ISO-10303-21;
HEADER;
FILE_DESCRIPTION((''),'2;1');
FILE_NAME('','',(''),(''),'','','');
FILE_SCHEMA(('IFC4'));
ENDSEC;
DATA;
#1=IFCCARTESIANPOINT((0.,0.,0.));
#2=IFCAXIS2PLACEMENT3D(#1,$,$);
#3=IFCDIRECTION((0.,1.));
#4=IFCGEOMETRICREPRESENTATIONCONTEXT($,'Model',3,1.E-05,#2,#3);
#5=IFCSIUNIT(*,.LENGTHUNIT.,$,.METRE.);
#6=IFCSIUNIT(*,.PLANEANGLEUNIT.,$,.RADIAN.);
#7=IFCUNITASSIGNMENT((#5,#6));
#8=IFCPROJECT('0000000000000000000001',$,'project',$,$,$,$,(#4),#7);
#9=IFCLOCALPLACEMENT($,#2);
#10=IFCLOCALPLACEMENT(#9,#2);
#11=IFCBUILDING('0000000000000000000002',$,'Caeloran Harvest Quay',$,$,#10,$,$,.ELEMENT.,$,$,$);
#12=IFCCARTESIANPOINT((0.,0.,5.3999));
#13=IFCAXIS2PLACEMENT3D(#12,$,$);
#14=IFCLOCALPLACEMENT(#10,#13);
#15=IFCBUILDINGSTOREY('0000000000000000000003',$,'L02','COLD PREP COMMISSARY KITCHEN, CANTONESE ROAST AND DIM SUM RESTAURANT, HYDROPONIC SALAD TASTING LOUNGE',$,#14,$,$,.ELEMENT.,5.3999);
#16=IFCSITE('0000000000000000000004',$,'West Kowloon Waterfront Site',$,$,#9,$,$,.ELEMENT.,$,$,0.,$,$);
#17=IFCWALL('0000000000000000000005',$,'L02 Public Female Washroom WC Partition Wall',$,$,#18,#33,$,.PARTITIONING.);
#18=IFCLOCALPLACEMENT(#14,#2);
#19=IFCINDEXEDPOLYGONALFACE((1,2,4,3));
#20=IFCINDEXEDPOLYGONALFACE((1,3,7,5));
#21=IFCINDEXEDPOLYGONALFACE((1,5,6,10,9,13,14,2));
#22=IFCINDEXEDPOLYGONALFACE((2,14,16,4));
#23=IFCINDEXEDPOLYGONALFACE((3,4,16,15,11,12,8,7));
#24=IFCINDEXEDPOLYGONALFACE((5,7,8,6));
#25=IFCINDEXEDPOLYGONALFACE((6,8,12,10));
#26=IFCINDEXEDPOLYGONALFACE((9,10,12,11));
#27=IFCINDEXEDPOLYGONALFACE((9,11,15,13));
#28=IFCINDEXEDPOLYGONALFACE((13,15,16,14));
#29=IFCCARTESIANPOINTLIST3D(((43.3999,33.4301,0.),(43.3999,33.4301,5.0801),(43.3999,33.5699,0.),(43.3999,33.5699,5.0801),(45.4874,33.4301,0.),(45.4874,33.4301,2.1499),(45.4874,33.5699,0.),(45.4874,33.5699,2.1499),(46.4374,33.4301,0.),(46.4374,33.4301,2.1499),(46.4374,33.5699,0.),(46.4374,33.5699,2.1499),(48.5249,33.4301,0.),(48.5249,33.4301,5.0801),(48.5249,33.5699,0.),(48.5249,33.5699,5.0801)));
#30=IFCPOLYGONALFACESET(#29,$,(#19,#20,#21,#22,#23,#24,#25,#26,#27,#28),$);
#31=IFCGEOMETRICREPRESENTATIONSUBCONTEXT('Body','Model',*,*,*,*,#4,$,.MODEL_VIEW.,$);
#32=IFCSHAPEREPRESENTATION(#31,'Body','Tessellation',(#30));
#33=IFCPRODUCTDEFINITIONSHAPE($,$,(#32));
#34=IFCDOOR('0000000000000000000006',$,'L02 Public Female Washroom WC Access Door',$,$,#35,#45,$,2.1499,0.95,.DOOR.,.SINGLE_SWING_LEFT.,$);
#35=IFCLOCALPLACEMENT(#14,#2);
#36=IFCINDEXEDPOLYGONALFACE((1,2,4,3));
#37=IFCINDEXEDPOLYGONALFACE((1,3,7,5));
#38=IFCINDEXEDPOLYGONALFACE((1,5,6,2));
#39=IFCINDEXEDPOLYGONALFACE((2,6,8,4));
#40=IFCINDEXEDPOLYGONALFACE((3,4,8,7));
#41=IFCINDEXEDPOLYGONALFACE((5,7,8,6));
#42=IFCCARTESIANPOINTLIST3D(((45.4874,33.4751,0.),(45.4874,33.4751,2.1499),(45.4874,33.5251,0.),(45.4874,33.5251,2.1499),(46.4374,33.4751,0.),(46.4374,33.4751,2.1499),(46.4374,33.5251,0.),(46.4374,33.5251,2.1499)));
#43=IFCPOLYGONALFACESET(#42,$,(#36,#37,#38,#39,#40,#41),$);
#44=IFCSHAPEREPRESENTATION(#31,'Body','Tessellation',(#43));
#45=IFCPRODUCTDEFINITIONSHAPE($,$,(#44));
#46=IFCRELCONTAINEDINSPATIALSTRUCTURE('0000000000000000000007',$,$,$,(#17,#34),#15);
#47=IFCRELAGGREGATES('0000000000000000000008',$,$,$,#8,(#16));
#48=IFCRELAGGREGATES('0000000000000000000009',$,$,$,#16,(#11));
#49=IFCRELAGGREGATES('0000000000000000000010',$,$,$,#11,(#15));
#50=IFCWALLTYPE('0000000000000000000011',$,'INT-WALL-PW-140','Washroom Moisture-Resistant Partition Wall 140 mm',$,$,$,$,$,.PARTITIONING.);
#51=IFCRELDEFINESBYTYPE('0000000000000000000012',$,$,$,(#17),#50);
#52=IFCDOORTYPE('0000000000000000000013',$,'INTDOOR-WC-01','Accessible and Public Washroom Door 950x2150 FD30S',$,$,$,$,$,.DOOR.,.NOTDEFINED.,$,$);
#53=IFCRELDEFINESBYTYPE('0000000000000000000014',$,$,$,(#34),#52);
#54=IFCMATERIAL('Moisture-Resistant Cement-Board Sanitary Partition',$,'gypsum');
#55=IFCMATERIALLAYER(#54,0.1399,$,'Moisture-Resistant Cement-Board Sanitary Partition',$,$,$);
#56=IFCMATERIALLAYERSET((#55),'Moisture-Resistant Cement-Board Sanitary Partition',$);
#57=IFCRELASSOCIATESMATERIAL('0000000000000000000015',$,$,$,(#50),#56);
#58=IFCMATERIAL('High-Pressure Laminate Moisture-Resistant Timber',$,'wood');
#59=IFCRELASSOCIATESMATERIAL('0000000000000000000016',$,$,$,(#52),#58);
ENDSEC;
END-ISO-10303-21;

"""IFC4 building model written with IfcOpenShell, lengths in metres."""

from ifc_helpers import new_model, si_unit, direction, frame, frame_2d, origin, place, context, subcontext, project, spatial, rectangle, extrude, material, layer, layer_set, type_object, element, fill, save


model = new_model("IFC4")

# Units and contexts
model_context = context("Model", 3, precision=1e-05, world=origin(), true_north=direction((0.0, 1.0)))
body_context = subcontext(model_context, "Body", "Model", "MODEL_VIEW")
ifc_project = project(units=[si_unit("LENGTHUNIT", "METRE"), si_unit("PLANEANGLEUNIT", "RADIAN")], contexts=[model_context])

# Site, building, storey
site_placement = place(None, origin())
site = spatial("IfcSite", under=ifc_project, at=site_placement, Name="West Kowloon Waterfront Site", CompositionType="ELEMENT", RefElevation=0.0)
building_placement = place(site_placement, origin())
building = spatial("IfcBuilding", under=site, at=building_placement, Name="Caeloran Harvest Quay", CompositionType="ELEMENT")
storey_placement = place(building_placement, frame((0.0, 0.0, 5.3999)))
storey = spatial("IfcBuildingStorey", under=building, at=storey_placement, Name="L02", Description="COLD PREP COMMISSARY KITCHEN, CANTONESE ROAST AND DIM SUM RESTAURANT, HYDROPONIC SALAD TASTING LOUNGE", CompositionType="ELEMENT", Elevation=5.3999)

# Shared definitions
ifc_material_1 = material(Name="Moisture-Resistant Cement-Board Sanitary Partition", Category="gypsum")
ifc_layer_1 = layer(ifc_material_1, 0.1399, Name="Moisture-Resistant Cement-Board Sanitary Partition")
ifc_layer_set_1 = layer_set([ifc_layer_1], Name="Moisture-Resistant Cement-Board Sanitary Partition")
wall_type_1 = type_object("IfcWallType", Name="INT-WALL-PW-140", Description="Washroom Moisture-Resistant Partition Wall 140 mm", PredefinedType="PARTITIONING", material=ifc_layer_set_1)

# Wall, opening, door
wall_1_placement = place(storey_placement, frame((48.5249, 33.5, 0.0), z_axis=(0.0, 0.0, 1.0), x_axis=(-1.0, 0.0, 0.0)))
wall_1 = element("IfcWall", 1, at=wall_1_placement, inside=storey, type_object=wall_type_1, Name="L02 Public Female Washroom WC Partition Wall", PredefinedType="PARTITIONING", context=body_context, shape_type="SweptSolid", body=[
    extrude(rectangle(XDim=5.125, YDim=0.1399, at=frame_2d((2.5625, 0.0))), origin(), (0.0, 0.0, 1.0), 5.0801),
])
opening_placement = place(wall_1_placement, frame((2.0874, 0.0, 0.0)))
opening = element("IfcOpeningElement", 2, at=opening_placement, cuts=wall_1, PredefinedType="OPENING", context=body_context, shape_type="SweptSolid", body=[
    extrude(rectangle(XDim=0.95, YDim=2.1499, at=frame_2d((0.4751, 1.075))), frame((0.0, 0.0801, 0.0), z_axis=(0.0, -1.0, 0.0), x_axis=(1.0, 0.0, 0.0)), (0.0, 0.0, 1.0), 0.1599),
])
ifc_material_2 = material(Name="High-Pressure Laminate Moisture-Resistant Timber", Category="wood")
door_type = type_object("IfcDoorType", Name="INTDOOR-WC-01", Description="Accessible and Public Washroom Door 950x2150 FD30S", OperationType="NOTDEFINED", PredefinedType="DOOR", material=ifc_material_2)
door_placement = place(opening_placement, origin())
door = element("IfcDoor", 3, at=door_placement, inside=storey, type_object=door_type, Name="L02 Public Female Washroom WC Access Door", OperationType="SINGLE_SWING_LEFT", OverallHeight=2.1499, OverallWidth=0.95, PredefinedType="DOOR", context=body_context, shape_type="SweptSolid", body=[
    extrude(rectangle(XDim=0.95, YDim=2.1499, at=frame_2d((0.4751, 1.075))), frame((0.0, 0.0249, 0.0), z_axis=(0.0, -1.0, 0.0), x_axis=(1.0, 0.0, 0.0)), (0.0, 0.0, 1.0), 0.05),
])
fill(opening, door)

save(model, "model.ifc")
